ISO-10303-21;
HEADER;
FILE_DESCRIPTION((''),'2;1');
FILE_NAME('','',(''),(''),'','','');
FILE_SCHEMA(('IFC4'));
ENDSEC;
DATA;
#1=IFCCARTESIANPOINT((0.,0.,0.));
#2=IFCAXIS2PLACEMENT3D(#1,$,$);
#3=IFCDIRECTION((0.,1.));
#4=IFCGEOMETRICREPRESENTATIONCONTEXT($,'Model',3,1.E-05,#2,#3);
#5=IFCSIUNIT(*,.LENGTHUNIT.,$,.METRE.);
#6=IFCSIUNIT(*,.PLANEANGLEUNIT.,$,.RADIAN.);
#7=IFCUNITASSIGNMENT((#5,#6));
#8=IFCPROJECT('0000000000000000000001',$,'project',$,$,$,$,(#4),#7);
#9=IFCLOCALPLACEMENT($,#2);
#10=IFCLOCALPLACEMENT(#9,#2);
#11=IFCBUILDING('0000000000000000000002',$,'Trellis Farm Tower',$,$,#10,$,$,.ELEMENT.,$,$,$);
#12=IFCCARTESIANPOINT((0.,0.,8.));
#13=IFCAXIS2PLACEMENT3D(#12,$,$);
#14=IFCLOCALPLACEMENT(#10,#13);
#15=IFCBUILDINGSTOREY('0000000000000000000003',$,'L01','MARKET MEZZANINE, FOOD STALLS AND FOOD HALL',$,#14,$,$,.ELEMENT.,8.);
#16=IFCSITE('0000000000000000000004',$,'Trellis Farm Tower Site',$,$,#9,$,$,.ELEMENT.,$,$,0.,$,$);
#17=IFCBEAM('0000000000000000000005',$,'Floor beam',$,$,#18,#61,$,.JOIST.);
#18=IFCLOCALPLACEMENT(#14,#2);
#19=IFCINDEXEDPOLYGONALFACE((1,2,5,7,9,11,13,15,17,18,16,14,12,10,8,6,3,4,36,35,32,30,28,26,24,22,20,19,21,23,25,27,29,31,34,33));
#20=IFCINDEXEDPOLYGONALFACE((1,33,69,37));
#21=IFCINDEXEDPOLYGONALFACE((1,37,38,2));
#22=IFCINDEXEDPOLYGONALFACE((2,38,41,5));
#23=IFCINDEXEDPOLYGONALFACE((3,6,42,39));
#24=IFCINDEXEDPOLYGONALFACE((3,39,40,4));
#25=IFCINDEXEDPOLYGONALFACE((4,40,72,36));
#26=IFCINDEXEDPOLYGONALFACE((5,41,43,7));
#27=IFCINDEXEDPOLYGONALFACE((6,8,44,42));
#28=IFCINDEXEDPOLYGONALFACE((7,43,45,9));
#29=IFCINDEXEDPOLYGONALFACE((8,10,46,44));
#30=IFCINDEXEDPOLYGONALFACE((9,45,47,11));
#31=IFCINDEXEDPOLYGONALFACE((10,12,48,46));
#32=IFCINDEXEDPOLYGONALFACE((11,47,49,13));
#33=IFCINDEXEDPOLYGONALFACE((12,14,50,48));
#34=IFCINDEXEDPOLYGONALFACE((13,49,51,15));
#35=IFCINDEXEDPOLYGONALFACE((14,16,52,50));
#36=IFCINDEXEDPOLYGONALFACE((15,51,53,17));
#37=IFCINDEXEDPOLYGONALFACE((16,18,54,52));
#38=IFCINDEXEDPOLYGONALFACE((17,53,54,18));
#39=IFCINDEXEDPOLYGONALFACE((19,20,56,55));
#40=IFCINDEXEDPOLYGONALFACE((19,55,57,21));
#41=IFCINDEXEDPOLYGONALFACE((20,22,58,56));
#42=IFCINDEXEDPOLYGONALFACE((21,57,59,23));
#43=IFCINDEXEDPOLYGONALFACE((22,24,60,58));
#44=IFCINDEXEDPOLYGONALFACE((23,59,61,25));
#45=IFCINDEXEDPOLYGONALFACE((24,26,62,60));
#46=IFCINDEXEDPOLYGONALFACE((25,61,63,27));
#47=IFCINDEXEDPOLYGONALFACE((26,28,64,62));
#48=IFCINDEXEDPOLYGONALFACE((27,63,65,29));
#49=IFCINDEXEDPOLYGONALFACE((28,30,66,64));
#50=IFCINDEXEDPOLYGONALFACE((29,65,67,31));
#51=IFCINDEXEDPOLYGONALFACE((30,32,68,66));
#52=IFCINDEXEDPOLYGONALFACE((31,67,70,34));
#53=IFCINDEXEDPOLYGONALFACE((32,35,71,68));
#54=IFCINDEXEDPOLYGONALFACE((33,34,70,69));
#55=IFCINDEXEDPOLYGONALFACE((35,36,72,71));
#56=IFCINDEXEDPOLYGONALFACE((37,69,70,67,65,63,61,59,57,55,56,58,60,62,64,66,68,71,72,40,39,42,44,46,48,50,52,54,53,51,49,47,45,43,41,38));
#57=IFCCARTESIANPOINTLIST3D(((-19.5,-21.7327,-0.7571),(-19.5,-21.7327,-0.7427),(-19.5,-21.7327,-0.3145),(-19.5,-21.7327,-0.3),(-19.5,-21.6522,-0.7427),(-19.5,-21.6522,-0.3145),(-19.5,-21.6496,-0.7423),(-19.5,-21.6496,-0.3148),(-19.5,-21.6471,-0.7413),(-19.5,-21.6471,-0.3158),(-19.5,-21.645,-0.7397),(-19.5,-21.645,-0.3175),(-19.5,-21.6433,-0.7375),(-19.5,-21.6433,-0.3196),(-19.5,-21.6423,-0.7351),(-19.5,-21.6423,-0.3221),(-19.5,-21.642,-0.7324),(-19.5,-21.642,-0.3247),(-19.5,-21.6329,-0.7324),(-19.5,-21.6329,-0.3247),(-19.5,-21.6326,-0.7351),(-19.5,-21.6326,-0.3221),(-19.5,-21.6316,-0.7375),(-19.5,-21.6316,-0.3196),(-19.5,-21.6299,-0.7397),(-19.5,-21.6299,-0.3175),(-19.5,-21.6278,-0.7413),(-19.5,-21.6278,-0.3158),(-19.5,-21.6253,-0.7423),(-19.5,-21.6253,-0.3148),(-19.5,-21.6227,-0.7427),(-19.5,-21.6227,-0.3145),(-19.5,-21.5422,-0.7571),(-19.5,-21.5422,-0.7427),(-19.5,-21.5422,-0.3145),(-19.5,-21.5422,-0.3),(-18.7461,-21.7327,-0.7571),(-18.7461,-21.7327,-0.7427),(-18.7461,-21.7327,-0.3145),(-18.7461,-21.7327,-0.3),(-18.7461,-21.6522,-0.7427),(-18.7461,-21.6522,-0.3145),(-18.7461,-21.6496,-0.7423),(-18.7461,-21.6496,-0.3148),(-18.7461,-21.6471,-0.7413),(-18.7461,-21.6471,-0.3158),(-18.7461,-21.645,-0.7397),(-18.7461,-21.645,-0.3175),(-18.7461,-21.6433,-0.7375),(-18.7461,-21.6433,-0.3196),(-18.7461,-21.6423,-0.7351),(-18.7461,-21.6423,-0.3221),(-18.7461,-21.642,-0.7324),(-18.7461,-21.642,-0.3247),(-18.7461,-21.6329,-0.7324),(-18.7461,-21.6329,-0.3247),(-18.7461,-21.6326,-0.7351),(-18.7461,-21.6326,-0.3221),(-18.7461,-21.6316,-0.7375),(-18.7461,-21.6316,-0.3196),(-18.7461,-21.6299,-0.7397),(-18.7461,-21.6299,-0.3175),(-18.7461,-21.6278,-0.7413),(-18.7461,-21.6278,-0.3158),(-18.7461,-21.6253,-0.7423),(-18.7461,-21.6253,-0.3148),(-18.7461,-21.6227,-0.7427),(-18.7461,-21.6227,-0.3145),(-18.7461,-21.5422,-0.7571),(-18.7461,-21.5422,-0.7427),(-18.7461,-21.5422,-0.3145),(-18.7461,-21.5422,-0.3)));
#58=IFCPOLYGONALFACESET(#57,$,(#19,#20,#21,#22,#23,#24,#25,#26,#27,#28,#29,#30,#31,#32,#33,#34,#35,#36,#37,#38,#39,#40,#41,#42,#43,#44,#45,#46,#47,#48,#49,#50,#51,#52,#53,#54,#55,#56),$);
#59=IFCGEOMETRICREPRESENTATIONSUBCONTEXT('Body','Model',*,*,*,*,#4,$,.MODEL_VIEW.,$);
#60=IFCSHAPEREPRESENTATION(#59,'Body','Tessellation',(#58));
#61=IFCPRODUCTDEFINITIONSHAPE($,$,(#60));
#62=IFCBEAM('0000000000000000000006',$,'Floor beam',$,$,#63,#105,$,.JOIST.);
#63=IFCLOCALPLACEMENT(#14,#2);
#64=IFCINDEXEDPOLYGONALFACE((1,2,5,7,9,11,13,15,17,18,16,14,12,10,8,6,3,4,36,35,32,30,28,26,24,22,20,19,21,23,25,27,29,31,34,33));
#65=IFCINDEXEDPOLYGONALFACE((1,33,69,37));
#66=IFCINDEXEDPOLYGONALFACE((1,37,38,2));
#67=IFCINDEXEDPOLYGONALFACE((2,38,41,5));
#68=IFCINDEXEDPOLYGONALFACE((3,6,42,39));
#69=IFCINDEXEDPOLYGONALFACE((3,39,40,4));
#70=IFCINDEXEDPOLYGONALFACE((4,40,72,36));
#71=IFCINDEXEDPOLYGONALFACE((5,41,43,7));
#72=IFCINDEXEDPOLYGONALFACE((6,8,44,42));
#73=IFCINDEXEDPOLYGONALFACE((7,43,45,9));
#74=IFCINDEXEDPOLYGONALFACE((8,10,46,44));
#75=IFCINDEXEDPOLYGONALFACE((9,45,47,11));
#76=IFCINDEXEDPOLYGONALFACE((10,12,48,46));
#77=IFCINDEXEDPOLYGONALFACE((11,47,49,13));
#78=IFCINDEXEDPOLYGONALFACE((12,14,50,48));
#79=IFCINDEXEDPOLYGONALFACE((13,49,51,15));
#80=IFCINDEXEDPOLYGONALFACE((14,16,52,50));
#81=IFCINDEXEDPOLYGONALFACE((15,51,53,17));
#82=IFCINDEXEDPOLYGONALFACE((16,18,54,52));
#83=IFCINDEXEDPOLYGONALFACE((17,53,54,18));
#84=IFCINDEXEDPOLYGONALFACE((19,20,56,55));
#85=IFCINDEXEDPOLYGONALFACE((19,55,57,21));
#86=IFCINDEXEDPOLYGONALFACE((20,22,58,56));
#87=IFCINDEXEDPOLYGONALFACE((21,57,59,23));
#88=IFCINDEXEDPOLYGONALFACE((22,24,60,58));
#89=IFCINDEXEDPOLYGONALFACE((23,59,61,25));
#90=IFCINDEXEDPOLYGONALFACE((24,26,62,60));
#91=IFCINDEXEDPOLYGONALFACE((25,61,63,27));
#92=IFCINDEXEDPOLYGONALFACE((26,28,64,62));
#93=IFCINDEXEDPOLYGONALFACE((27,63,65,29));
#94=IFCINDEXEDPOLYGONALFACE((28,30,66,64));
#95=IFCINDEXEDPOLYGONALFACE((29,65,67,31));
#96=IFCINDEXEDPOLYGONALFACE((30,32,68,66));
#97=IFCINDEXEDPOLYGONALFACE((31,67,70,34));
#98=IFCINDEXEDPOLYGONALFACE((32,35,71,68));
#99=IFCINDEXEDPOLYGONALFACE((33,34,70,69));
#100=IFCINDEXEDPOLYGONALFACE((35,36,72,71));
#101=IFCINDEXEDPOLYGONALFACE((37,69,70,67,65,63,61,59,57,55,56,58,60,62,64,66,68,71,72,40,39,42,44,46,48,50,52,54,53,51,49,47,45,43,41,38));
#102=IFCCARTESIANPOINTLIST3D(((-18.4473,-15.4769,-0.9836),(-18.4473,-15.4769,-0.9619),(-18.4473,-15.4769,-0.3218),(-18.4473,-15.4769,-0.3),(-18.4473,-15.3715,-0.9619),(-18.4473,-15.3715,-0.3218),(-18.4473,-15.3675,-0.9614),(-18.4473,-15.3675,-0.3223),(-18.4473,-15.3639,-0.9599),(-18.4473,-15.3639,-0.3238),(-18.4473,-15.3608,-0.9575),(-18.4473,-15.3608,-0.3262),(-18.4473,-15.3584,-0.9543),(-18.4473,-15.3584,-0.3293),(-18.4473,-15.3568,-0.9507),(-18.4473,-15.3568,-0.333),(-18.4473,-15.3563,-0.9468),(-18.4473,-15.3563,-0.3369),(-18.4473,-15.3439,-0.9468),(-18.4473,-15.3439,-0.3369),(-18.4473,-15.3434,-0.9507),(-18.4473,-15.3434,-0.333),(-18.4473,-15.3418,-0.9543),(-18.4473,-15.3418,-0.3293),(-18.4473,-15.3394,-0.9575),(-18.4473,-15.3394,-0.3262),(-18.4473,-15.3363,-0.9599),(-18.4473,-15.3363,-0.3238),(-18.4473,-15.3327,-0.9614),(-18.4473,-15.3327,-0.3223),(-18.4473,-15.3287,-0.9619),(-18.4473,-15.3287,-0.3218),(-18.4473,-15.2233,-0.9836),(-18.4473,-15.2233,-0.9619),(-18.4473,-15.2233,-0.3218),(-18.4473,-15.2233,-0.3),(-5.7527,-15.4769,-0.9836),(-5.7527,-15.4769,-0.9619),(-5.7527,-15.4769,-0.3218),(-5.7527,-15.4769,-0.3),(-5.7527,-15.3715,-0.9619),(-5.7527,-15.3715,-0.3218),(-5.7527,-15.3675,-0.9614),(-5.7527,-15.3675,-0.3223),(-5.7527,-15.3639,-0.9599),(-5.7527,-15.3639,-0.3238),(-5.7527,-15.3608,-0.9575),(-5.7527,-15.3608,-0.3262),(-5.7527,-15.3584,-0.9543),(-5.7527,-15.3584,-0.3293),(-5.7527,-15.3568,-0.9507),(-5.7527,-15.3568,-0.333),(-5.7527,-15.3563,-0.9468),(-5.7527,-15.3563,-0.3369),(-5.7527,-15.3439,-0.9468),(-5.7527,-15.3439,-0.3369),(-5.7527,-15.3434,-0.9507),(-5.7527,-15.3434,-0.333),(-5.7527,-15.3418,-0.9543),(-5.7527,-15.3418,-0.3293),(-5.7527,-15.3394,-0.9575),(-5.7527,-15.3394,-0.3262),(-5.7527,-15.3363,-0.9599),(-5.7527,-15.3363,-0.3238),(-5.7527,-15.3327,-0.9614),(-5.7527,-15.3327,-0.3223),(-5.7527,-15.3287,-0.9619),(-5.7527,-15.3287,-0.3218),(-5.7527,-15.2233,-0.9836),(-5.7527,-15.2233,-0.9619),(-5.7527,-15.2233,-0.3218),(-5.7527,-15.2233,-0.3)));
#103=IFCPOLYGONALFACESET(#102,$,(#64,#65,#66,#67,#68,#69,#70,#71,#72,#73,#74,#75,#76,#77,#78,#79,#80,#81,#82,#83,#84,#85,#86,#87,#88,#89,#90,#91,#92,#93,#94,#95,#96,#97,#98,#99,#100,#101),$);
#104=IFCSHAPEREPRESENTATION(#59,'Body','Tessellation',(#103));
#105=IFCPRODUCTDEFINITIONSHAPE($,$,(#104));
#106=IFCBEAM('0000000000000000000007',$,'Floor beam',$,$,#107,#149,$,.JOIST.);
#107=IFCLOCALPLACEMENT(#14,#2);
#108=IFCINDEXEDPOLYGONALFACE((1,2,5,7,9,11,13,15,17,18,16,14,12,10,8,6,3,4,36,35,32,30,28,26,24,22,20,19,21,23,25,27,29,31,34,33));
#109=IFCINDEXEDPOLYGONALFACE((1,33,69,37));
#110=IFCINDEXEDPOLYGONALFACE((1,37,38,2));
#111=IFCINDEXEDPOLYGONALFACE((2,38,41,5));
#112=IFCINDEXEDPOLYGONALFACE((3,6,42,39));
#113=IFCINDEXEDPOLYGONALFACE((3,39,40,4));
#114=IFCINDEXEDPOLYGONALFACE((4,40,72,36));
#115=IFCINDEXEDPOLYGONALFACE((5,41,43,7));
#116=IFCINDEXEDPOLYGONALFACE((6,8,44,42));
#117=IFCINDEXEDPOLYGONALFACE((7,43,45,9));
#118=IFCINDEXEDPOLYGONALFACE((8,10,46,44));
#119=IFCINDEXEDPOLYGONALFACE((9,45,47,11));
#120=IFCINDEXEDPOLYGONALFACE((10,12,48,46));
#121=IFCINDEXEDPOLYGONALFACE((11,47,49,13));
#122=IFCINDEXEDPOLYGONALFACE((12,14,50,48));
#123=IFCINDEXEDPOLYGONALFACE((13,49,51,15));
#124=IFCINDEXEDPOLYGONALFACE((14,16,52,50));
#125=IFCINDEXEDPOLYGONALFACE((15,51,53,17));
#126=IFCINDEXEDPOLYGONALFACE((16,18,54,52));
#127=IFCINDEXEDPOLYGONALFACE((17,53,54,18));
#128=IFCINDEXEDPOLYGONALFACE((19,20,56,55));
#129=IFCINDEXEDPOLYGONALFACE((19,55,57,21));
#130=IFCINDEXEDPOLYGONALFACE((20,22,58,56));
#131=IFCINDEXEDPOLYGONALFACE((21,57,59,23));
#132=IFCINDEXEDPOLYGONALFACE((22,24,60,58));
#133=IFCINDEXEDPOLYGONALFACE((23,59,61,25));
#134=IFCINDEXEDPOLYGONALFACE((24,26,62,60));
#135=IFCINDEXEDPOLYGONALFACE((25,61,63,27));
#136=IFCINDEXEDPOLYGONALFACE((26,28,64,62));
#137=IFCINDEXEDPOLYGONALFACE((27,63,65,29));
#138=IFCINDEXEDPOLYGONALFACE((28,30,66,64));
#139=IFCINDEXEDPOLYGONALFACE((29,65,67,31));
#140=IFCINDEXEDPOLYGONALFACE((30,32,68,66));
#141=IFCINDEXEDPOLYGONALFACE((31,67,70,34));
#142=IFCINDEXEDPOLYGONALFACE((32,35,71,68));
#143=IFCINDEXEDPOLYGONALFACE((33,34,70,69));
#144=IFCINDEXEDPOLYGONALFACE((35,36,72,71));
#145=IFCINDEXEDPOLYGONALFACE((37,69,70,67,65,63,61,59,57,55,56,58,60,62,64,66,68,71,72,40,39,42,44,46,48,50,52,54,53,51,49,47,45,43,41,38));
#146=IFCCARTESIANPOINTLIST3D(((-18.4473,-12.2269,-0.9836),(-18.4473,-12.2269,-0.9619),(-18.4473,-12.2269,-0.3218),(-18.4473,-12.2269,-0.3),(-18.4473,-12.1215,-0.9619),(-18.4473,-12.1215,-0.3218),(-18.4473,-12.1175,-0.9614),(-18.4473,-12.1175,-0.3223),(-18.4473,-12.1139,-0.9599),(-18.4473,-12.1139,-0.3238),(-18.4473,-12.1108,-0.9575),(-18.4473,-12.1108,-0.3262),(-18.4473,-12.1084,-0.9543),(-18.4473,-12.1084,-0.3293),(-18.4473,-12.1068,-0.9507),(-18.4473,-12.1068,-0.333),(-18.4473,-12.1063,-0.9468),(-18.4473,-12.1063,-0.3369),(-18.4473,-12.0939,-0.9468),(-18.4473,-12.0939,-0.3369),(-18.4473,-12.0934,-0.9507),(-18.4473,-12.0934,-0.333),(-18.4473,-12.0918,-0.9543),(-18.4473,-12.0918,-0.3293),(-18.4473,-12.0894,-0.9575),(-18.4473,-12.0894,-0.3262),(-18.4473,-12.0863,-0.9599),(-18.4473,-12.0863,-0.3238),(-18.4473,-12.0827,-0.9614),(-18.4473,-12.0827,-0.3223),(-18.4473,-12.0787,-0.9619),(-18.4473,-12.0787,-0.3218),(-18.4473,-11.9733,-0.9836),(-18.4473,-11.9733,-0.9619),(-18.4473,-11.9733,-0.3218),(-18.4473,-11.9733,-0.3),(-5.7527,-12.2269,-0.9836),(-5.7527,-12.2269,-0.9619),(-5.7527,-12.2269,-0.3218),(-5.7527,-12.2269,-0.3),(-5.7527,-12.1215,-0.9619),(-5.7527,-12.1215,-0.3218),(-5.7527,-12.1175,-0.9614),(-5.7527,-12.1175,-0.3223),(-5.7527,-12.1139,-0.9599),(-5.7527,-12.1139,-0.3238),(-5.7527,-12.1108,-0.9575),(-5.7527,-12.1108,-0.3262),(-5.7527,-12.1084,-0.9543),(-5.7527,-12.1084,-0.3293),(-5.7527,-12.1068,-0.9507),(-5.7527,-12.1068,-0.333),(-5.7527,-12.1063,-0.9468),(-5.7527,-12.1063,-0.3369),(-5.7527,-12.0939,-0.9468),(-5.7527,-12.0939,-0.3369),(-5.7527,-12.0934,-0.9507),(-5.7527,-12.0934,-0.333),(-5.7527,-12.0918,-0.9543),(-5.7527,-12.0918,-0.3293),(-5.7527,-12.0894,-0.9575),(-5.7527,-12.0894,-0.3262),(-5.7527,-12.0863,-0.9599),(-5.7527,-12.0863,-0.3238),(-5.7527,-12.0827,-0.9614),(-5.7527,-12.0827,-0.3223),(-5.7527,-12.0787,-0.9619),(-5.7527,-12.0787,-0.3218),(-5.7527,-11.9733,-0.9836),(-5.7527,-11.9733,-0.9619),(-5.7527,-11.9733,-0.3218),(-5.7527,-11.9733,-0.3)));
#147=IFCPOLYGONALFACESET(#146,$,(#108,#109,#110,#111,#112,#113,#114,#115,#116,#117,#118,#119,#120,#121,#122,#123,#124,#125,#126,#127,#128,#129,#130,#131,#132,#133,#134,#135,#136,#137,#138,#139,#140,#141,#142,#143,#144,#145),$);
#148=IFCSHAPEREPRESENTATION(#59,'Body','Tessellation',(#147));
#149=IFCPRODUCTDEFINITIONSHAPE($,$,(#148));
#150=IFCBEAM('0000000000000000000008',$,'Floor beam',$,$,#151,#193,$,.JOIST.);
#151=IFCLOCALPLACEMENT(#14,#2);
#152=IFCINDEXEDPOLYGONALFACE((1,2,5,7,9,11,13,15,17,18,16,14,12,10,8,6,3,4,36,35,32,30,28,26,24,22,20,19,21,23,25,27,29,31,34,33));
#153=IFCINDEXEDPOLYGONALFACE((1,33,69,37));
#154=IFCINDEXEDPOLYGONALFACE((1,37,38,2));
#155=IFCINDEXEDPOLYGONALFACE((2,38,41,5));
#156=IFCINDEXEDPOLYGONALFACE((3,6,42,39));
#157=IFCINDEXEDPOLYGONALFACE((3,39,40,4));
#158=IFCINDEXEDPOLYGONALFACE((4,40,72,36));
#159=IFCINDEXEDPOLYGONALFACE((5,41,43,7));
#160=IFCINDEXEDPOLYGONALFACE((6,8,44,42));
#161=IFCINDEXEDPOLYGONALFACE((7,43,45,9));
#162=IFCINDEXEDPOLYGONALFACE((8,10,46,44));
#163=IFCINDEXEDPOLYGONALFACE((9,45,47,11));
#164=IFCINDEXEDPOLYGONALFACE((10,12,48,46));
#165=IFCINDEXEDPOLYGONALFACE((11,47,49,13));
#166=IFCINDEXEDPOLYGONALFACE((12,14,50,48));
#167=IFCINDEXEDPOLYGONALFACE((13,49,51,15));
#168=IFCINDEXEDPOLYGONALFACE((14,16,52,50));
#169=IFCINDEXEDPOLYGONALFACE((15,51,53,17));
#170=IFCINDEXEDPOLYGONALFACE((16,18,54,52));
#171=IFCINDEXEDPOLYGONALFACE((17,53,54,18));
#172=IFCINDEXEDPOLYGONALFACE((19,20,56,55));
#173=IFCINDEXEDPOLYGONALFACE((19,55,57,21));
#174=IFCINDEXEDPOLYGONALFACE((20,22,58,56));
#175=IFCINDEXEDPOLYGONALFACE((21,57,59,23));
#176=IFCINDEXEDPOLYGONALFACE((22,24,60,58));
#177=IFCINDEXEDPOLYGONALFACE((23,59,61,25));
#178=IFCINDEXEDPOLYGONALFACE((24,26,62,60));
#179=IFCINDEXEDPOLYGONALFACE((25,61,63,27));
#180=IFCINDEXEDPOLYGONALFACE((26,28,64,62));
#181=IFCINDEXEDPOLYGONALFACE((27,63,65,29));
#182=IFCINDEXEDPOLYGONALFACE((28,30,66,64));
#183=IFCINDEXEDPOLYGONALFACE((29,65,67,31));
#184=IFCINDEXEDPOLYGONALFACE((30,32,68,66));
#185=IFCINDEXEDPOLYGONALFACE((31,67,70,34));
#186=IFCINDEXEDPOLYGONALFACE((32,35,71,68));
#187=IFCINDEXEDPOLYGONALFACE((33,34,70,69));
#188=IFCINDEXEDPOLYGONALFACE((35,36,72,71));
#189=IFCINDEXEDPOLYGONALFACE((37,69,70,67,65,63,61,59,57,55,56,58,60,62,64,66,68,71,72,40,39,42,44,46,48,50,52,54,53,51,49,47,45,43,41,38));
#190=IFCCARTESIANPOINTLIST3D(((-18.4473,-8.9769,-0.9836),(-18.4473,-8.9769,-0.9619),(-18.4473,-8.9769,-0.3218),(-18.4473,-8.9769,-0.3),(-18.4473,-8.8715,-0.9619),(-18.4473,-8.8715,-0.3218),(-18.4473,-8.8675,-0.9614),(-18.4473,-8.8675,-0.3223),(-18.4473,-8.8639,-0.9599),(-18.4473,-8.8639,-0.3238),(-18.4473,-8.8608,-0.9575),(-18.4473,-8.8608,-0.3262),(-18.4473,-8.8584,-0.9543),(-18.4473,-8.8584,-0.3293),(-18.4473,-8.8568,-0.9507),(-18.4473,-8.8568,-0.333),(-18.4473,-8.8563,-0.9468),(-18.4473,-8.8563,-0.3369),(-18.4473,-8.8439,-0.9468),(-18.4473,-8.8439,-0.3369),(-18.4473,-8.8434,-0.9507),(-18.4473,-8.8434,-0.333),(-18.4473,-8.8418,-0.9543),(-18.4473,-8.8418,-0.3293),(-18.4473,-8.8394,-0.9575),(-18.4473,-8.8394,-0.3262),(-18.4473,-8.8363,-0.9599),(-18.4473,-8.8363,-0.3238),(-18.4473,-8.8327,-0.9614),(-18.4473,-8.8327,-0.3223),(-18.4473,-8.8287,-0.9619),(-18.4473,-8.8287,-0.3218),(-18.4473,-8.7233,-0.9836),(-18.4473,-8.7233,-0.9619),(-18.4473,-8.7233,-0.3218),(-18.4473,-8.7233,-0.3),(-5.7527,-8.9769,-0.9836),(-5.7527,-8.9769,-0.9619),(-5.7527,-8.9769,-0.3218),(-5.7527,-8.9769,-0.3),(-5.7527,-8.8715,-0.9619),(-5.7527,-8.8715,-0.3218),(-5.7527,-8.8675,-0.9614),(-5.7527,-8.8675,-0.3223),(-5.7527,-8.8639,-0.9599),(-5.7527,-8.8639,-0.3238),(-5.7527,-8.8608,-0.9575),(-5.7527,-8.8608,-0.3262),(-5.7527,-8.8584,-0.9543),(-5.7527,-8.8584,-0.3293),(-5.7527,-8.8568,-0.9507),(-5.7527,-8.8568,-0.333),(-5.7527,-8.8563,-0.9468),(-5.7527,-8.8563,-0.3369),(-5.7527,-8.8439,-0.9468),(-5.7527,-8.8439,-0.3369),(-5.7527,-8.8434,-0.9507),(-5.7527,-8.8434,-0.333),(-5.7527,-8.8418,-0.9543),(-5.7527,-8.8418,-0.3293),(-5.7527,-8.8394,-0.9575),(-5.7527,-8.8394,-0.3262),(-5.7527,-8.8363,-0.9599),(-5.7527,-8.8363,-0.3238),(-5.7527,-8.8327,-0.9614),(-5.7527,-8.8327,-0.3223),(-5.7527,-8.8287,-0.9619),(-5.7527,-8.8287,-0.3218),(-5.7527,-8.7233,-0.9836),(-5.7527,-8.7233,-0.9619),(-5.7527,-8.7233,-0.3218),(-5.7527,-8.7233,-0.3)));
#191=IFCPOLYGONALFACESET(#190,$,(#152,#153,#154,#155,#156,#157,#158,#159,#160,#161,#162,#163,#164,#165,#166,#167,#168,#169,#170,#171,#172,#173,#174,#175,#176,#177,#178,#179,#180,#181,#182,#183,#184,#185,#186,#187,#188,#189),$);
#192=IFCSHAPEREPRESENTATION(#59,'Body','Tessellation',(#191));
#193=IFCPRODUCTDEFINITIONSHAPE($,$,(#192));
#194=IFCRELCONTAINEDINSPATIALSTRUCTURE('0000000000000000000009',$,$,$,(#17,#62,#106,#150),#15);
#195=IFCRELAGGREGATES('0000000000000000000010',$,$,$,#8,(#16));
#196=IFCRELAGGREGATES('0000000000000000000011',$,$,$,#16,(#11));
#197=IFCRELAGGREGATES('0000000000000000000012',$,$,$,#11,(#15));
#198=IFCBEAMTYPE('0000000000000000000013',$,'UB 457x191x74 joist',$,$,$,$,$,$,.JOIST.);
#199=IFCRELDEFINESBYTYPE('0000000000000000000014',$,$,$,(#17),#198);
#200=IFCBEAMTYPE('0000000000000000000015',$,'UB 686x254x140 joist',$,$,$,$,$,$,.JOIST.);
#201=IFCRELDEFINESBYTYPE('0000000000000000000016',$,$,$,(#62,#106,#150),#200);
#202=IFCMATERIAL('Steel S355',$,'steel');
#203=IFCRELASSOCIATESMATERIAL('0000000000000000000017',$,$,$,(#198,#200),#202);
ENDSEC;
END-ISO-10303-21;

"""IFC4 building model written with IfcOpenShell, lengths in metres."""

from ifc_helpers import new_model, si_unit, direction, frame, origin, origin_2d, place, context, subcontext, project, spatial, i_section, extrude, source, transform, mapped, material, material_profile, profile_set, type_object, element, save


model = new_model("IFC4")

# Units and contexts
model_context = context("Model", 3, precision=1e-05, world=origin(), true_north=direction((0.0, 1.0)))
body_context = subcontext(model_context, "Body", "Model", "MODEL_VIEW")
ifc_project = project(units=[si_unit("LENGTHUNIT", "METRE"), si_unit("PLANEANGLEUNIT", "RADIAN")], contexts=[model_context])

# Site, building, storey
site_placement = place(None, origin())
site = spatial("IfcSite", under=ifc_project, at=site_placement, Name="Trellis Farm Tower Site", CompositionType="ELEMENT", RefElevation=0.0)
building_placement = place(site_placement, origin())
building = spatial("IfcBuilding", under=site, at=building_placement, Name="Trellis Farm Tower", CompositionType="ELEMENT")
storey_placement = place(building_placement, frame((0.0, 0.0, 8.0)))
storey = spatial("IfcBuildingStorey", under=building, at=storey_placement, Name="L01", Description="MARKET MEZZANINE, FOOD STALLS AND FOOD HALL", CompositionType="ELEMENT", Elevation=8.0)

# Beams
ifc_material_1 = material(Name="Steel S355", Category="steel")
ifc_material_profile_1 = material_profile(ifc_material_1, i_section(OverallWidth=0.1904, OverallDepth=0.457, WebThickness=0.009, FlangeThickness=0.0144, FilletRadius=0.0103, at=origin_2d()), Name="UB 457x191x74")
ifc_profile_set_1 = profile_set([ifc_material_profile_1], Name="Steel S355")
beam_type_1 = type_object("IfcBeamType", Name="UB 457x191x74 joist", PredefinedType="JOIST", material=ifc_profile_set_1)
shared_shape_1 = source(origin(), body_context, "Body", "SweptSolid", [
    extrude(i_section(OverallWidth=0.1904, OverallDepth=0.457, WebThickness=0.009, FlangeThickness=0.0144, FilletRadius=0.0103, at=origin_2d()), origin(), (0.0, 0.0, 1.0), 0.7539),
])
beam_1_placement = place(storey_placement, frame((-19.5, -21.6375, -0.5286), z_axis=(1.0, 0.0, 0.0), x_axis=(0.0, 1.0, 0.0)))
element("IfcBeam", 1, at=beam_1_placement, inside=storey, type_object=beam_type_1, Name="Floor beam", PredefinedType="JOIST", context=body_context, shape_type="MappedRepresentation", body=[
    mapped(shared_shape_1, transform((0.0, 0.0, 0.0))),
])
ifc_material_profile_2 = material_profile(ifc_material_1, i_section(OverallWidth=0.2537, OverallDepth=0.6836, WebThickness=0.0125, FlangeThickness=0.0217, FilletRadius=0.0151, at=origin_2d()), Name="UB 686x254x140")
ifc_profile_set_2 = profile_set([ifc_material_profile_2], Name="Steel S355")
beam_type_2 = type_object("IfcBeamType", Name="UB 686x254x140 joist", PredefinedType="JOIST", material=ifc_profile_set_2)
shared_shape_2 = source(origin(), body_context, "Body", "SweptSolid", [
    extrude(i_section(OverallWidth=0.2537, OverallDepth=0.6836, WebThickness=0.0125, FlangeThickness=0.0217, FilletRadius=0.0151, at=origin_2d()), origin(), (0.0, 0.0, 1.0), 12.6946),
])
for number, where, z_axis, x_axis, name in (
    (2, (-18.4473, -15.3501, -0.6418), (1.0, 0.0, 0.0), (0.0, 1.0, 0.0), "Floor beam"),
    (3, (-18.4473, -12.1001, -0.6418), (1.0, 0.0, 0.0), (0.0, 1.0, 0.0), "Floor beam"),
    (4, (-18.4473, -8.8501, -0.6418), (1.0, 0.0, 0.0), (0.0, 1.0, 0.0), "Floor beam"),
):
    element("IfcBeam", number, at=place(storey_placement, frame(where, z_axis=z_axis, x_axis=x_axis)), inside=storey, type_object=beam_type_2, Name=name, PredefinedType="JOIST", context=body_context, shape_type="MappedRepresentation", body=[
        mapped(shared_shape_2, transform((0.0, 0.0, 0.0))),
    ])

save(model, "model.ifc")
